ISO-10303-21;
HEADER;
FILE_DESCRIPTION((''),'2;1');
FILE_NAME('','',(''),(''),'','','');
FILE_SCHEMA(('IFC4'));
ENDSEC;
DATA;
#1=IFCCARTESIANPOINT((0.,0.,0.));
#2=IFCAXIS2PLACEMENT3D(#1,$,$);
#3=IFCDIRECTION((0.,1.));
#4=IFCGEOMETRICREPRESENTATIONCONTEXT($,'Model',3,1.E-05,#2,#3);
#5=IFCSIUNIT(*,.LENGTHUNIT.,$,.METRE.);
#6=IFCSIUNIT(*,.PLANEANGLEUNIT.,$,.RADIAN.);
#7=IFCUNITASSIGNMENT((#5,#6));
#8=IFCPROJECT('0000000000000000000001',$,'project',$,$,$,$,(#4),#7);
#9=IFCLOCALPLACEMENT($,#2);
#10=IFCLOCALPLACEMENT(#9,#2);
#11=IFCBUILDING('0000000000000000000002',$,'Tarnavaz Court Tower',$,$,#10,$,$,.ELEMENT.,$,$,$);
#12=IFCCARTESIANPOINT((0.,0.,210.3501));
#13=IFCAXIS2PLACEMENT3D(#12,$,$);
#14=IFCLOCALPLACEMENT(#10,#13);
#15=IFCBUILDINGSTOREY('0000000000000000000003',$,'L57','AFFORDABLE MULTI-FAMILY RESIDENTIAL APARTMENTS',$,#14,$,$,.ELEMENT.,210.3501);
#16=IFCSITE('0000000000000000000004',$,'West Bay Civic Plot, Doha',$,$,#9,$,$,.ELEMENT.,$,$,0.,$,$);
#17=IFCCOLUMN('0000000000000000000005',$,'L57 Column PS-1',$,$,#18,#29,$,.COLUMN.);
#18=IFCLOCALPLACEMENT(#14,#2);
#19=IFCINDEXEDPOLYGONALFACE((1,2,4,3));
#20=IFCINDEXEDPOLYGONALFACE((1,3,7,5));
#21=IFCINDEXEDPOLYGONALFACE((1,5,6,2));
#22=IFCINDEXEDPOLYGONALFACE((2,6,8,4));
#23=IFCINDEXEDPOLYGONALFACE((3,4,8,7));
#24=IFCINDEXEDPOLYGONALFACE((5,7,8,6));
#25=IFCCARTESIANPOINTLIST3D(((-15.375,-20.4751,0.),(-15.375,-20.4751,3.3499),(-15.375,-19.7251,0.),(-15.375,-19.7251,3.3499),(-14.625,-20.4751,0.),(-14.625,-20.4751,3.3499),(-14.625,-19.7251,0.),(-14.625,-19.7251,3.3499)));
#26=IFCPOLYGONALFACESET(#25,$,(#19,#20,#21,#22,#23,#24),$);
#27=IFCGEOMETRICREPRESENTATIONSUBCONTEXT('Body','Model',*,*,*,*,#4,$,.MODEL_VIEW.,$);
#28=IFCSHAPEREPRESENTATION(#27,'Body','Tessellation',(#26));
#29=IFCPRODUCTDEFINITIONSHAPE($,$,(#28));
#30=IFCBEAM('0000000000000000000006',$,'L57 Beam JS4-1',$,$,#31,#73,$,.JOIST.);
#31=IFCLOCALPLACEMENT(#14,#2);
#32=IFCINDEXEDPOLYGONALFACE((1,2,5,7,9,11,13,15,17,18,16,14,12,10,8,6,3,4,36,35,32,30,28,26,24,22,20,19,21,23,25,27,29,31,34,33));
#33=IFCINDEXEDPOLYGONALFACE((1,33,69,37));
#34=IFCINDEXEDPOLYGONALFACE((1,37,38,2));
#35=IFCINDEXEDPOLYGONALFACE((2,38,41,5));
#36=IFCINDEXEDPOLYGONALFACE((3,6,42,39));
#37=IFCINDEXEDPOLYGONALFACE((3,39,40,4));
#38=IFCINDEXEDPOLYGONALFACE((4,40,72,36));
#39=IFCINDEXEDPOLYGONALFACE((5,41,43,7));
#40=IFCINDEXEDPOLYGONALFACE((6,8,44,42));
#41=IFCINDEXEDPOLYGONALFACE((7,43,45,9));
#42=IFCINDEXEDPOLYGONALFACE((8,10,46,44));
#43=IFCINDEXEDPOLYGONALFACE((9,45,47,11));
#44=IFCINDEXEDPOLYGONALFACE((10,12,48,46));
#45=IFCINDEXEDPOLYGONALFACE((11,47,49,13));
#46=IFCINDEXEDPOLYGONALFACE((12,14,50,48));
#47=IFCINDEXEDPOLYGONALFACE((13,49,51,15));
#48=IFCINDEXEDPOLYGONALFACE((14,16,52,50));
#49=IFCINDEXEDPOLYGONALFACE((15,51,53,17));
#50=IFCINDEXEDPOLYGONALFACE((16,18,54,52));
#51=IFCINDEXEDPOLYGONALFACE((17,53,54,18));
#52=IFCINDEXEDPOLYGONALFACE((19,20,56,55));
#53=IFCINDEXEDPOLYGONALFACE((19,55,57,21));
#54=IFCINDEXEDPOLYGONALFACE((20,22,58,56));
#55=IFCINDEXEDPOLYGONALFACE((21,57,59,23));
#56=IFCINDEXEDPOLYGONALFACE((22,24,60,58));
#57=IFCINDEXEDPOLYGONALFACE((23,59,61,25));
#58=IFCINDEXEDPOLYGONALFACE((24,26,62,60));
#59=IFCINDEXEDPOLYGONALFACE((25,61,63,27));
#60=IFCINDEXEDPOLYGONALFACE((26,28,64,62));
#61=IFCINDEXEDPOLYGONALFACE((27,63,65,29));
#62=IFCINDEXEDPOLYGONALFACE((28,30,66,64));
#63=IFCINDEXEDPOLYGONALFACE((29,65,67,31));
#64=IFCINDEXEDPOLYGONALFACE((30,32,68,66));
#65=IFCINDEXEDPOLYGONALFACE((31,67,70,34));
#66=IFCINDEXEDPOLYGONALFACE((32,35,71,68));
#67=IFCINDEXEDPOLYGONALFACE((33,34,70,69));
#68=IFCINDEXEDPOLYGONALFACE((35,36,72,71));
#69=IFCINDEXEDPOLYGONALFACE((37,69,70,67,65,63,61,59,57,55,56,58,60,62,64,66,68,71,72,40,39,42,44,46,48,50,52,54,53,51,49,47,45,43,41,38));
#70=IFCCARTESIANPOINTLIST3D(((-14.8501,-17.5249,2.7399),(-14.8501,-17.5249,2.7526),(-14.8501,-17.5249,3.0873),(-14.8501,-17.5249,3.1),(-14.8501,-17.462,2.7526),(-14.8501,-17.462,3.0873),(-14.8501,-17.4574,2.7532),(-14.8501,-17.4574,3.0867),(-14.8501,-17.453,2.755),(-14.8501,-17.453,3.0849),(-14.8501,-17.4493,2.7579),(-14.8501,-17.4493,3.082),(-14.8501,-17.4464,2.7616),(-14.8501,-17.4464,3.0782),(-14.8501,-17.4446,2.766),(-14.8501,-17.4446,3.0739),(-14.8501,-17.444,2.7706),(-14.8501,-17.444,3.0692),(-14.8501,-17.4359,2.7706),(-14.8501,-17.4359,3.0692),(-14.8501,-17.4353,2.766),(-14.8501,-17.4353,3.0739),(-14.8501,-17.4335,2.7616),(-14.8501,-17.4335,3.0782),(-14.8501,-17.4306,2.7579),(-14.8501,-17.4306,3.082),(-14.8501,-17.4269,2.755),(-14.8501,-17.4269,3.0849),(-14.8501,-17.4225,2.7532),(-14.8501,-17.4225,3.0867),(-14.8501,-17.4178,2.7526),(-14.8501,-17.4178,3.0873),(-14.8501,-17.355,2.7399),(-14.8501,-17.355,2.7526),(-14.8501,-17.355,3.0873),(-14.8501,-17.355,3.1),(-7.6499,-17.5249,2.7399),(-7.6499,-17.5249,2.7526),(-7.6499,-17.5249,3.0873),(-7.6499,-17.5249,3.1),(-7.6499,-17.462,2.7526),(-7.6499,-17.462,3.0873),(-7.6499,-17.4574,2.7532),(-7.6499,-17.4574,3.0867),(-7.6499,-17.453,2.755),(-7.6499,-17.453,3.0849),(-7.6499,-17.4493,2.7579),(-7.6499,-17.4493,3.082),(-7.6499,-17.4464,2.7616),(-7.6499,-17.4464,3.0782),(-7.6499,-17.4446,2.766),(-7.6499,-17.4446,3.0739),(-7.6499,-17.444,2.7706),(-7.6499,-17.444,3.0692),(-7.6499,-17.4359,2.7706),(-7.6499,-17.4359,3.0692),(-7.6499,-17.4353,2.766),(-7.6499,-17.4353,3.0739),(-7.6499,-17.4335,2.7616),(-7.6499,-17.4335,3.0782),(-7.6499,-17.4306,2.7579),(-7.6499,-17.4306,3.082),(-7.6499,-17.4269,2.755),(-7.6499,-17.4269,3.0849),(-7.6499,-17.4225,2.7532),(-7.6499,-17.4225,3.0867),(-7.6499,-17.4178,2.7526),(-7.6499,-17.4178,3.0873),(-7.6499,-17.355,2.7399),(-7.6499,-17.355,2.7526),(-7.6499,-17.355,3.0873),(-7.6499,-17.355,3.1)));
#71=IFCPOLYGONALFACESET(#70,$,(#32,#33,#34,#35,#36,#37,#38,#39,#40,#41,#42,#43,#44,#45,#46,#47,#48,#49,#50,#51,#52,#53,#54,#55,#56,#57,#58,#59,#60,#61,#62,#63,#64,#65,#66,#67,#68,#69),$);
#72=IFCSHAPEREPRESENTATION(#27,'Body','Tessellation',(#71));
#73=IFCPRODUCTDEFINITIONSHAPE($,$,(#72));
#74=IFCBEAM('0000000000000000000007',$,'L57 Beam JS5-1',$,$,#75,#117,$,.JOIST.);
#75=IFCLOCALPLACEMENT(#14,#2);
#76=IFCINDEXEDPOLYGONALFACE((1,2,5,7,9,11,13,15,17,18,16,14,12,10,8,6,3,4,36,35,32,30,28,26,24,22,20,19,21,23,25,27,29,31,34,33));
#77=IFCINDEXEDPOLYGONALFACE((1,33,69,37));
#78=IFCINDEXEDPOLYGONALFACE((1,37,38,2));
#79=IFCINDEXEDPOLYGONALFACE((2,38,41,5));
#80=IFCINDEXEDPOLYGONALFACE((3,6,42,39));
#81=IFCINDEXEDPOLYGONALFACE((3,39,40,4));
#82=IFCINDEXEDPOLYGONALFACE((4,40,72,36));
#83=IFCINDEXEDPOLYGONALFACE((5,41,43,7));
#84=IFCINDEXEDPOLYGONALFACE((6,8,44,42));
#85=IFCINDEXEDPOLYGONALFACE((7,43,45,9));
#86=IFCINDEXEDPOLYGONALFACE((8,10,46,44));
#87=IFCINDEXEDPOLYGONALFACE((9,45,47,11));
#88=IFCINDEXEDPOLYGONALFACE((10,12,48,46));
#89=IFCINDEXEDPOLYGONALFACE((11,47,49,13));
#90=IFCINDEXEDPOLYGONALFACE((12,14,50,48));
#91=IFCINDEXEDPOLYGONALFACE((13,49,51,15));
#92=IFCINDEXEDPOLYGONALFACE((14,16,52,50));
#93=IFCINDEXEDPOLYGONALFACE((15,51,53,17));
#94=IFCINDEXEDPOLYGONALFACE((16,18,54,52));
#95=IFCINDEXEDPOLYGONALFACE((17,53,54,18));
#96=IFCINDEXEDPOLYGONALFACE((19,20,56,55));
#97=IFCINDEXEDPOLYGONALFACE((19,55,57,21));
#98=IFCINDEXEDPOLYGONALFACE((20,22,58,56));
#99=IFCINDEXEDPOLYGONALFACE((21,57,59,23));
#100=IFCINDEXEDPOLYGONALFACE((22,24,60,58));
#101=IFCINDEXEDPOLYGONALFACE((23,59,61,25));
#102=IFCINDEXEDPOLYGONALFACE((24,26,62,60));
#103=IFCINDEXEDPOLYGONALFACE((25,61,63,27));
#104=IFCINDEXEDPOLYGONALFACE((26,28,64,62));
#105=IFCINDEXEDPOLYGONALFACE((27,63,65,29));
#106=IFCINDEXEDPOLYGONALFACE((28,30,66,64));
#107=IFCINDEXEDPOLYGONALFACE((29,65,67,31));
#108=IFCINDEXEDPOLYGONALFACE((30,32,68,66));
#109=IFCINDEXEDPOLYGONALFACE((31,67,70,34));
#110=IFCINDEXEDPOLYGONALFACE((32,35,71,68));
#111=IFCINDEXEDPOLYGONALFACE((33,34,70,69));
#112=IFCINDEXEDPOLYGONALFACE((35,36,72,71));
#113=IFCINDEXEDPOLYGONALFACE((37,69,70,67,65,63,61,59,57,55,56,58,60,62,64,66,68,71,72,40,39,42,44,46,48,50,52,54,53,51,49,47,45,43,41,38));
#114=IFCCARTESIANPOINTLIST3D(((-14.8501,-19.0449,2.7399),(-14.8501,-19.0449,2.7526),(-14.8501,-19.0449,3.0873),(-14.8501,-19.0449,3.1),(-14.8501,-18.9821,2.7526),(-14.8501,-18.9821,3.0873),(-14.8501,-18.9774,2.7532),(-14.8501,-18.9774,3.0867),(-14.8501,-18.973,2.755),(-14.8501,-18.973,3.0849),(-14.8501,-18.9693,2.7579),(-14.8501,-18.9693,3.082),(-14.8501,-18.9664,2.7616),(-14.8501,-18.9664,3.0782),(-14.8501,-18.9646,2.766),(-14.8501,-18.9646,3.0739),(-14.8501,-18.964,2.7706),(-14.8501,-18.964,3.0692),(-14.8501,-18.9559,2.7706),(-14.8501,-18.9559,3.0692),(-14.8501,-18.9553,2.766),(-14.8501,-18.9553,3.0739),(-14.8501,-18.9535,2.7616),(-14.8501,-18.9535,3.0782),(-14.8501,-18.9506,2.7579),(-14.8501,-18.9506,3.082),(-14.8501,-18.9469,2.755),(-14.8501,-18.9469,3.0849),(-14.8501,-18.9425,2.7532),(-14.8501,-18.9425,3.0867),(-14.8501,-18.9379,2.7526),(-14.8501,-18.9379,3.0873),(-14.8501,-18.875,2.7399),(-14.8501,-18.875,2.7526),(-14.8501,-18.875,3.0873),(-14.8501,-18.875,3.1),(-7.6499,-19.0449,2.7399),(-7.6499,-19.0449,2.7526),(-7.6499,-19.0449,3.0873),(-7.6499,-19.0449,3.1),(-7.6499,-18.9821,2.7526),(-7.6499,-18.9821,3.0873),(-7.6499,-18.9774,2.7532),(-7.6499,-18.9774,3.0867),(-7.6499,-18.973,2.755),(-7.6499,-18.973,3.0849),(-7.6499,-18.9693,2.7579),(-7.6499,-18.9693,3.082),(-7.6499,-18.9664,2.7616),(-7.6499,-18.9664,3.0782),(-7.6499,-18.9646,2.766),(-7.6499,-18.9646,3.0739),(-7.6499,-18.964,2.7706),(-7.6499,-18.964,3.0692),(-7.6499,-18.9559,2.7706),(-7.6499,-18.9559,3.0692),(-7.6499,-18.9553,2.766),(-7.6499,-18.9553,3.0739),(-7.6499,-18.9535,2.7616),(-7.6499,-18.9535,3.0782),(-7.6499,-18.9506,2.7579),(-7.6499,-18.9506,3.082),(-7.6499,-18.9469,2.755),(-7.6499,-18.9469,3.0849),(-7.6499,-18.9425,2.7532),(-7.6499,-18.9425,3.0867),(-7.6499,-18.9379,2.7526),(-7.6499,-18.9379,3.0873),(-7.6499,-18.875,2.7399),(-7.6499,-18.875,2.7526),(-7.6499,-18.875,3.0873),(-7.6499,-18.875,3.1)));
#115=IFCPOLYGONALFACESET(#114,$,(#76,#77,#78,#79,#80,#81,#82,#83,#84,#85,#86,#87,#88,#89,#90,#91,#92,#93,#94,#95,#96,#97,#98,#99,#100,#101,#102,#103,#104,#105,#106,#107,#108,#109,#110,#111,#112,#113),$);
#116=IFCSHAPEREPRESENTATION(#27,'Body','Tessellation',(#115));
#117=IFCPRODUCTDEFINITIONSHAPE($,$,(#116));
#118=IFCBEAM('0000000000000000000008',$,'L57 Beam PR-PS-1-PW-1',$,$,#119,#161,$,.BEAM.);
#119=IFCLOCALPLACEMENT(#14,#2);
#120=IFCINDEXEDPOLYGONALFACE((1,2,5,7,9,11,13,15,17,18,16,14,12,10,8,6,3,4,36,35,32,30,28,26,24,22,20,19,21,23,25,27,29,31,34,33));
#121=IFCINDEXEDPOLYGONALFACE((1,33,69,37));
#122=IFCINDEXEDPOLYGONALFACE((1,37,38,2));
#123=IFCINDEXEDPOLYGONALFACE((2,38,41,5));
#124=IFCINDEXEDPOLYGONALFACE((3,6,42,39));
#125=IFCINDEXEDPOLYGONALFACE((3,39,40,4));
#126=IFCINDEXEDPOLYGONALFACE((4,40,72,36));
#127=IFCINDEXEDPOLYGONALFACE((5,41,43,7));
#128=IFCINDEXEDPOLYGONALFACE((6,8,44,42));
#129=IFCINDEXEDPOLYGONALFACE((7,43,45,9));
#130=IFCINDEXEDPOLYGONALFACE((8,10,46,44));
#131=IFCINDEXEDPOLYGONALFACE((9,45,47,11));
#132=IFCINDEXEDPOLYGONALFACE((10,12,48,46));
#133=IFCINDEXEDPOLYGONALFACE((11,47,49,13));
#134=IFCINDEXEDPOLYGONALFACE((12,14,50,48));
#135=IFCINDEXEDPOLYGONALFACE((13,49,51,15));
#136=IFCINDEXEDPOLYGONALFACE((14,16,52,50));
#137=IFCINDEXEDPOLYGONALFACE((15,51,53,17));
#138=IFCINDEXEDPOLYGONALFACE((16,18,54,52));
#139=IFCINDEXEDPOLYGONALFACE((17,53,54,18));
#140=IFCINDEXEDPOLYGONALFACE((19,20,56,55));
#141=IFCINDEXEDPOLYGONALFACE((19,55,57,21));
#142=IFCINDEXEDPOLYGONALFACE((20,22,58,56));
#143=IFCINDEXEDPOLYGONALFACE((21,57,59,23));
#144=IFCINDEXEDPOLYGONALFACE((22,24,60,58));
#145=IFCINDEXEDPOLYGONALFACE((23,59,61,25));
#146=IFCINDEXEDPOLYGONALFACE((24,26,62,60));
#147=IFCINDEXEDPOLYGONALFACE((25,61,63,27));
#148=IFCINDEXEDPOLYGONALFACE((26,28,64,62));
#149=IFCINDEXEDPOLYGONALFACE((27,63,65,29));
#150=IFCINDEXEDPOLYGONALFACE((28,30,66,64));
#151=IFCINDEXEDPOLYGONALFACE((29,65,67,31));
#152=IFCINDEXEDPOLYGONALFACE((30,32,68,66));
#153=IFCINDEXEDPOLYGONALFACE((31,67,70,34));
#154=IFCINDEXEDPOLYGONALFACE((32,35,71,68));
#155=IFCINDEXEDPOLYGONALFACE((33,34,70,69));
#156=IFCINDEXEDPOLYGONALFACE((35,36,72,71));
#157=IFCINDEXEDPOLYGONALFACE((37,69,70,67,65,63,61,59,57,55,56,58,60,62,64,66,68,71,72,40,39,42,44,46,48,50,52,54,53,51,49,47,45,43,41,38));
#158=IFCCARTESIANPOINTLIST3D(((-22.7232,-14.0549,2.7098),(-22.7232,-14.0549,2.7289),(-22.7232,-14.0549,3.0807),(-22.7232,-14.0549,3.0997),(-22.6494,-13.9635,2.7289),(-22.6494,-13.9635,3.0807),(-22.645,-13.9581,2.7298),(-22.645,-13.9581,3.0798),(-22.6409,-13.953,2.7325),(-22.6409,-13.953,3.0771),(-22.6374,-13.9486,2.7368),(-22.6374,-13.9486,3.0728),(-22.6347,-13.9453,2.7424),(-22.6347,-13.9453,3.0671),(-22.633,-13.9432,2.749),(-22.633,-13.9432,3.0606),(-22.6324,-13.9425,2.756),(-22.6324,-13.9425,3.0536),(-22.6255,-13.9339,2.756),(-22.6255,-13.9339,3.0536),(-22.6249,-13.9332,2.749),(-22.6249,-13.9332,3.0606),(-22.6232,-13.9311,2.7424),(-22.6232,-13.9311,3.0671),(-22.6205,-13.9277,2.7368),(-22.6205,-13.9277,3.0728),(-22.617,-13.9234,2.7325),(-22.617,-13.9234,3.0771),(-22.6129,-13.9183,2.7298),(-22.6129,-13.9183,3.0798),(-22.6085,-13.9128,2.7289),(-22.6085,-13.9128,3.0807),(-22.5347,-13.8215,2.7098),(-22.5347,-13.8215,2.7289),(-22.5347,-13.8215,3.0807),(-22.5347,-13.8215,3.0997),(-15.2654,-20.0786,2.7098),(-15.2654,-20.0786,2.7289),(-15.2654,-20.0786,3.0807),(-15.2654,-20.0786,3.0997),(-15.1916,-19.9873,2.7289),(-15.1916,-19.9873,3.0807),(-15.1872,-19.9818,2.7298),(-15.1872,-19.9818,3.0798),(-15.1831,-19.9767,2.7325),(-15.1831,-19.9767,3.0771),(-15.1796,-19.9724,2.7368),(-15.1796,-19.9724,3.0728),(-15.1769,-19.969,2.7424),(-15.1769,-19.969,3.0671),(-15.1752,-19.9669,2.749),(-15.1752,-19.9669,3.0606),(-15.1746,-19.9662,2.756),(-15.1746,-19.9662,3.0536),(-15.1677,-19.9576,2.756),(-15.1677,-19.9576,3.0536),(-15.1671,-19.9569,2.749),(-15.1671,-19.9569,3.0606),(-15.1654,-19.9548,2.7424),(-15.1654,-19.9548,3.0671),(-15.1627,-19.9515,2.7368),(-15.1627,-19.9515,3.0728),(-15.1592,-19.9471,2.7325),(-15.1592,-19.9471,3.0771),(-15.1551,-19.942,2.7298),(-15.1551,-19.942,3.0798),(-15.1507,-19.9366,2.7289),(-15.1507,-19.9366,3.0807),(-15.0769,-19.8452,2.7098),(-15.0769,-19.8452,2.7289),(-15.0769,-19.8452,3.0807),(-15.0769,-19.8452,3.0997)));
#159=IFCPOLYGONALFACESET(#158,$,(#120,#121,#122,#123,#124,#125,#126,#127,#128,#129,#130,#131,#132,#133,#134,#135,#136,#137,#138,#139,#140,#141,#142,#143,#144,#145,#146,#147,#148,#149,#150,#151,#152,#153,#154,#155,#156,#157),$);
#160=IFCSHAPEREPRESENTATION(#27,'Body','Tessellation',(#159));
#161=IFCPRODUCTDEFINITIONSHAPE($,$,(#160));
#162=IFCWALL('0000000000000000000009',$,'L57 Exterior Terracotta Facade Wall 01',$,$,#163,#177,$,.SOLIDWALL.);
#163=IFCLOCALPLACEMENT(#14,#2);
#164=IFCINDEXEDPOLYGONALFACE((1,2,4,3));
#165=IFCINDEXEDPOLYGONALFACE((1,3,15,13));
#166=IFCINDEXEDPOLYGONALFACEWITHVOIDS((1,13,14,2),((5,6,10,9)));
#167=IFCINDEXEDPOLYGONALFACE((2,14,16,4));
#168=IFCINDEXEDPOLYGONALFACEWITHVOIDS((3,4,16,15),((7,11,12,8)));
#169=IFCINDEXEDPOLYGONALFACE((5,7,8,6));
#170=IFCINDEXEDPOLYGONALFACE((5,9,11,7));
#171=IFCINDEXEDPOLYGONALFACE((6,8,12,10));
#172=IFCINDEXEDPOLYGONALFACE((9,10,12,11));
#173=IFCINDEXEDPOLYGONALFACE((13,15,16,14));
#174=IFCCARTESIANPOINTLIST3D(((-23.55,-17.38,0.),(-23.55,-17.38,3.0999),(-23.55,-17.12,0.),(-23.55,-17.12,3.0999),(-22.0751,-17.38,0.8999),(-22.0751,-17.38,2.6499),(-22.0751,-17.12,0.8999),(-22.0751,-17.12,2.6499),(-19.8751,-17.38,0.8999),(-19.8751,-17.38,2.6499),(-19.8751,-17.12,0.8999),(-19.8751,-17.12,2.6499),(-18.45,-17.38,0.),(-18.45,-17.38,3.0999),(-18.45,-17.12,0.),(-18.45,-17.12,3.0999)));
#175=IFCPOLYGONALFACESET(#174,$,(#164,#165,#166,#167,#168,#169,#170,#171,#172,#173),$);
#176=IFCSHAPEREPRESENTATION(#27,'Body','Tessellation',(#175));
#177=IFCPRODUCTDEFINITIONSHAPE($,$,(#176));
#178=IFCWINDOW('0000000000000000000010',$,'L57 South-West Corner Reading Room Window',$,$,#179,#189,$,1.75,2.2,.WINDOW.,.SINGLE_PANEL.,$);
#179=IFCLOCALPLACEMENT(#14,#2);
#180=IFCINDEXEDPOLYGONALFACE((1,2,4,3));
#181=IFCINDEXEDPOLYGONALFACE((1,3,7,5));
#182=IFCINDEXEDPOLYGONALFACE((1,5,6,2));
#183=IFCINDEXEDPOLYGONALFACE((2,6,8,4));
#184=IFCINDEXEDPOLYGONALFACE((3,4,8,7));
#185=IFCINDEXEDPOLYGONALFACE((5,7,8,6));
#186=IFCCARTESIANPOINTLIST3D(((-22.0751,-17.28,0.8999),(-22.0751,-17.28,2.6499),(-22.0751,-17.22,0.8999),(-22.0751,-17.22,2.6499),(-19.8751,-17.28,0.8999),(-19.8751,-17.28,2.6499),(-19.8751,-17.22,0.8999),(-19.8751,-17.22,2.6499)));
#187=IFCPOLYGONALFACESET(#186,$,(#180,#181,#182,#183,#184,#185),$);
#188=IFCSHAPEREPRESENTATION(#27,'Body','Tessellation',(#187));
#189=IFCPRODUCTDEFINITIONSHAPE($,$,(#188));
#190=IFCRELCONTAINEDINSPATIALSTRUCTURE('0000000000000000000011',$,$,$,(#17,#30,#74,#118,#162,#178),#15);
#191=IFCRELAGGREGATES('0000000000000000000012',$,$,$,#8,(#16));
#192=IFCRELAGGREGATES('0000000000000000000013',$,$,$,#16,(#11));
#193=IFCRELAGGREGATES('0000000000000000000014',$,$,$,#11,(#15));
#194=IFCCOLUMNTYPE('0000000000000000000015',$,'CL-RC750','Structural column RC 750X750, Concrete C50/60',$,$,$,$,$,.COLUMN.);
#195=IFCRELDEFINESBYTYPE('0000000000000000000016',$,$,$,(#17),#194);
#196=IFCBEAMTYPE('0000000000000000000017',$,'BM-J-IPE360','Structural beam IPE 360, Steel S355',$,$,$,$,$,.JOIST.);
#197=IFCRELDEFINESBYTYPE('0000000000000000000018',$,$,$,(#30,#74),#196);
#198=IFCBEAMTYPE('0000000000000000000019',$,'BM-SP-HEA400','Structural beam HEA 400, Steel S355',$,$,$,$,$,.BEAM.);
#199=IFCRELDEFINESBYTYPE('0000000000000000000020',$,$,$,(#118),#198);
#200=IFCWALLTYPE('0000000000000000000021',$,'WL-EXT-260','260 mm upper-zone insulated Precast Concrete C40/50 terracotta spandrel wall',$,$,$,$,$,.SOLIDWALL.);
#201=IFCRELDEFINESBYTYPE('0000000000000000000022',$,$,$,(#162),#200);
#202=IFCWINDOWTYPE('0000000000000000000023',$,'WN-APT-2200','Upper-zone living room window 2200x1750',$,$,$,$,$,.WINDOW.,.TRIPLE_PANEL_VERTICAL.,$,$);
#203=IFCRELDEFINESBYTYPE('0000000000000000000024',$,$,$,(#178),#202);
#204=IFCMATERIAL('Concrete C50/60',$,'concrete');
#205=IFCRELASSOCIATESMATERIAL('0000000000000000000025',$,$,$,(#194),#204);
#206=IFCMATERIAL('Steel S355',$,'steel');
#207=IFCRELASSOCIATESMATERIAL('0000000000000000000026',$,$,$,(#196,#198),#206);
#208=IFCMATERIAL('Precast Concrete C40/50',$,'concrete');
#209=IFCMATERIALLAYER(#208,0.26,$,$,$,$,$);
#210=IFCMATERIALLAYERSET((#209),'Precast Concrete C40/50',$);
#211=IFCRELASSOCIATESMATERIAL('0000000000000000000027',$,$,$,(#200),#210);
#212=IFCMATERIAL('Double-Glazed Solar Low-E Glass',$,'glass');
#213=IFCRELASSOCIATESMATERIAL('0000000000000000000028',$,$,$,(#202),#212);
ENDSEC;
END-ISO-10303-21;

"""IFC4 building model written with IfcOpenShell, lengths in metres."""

from ifc_helpers import new_model, si_unit, direction, frame, frame_2d, origin, origin_2d, place, context, subcontext, project, spatial, rectangle, i_section, extrude, material, layer, layer_set, material_profile, profile_set, type_object, element, fill, save


model = new_model("IFC4")

# Units and contexts
model_context = context("Model", 3, precision=1e-05, world=origin(), true_north=direction((0.0, 1.0)))
body_context = subcontext(model_context, "Body", "Model", "MODEL_VIEW")
ifc_project = project(units=[si_unit("LENGTHUNIT", "METRE"), si_unit("PLANEANGLEUNIT", "RADIAN")], contexts=[model_context])

# Site, building, storey
site_placement = place(None, origin())
site = spatial("IfcSite", under=ifc_project, at=site_placement, Name="West Bay Civic Plot, Doha", CompositionType="ELEMENT", RefElevation=0.0)
building_placement = place(site_placement, origin())
building = spatial("IfcBuilding", under=site, at=building_placement, Name="Tarnavaz Court Tower", CompositionType="ELEMENT")
storey_placement = place(building_placement, frame((0.0, 0.0, 210.3501)))
storey = spatial("IfcBuildingStorey", under=building, at=storey_placement, Name="L57", Description="AFFORDABLE MULTI-FAMILY RESIDENTIAL APARTMENTS", CompositionType="ELEMENT", Elevation=210.3501)

# Column
ifc_material_1 = material(Name="Concrete C50/60", Category="concrete")
ifc_material_profile_1 = material_profile(ifc_material_1, rectangle(XDim=0.75, YDim=0.75, at=origin_2d()), Name="RC 750X750")
ifc_profile_set_1 = profile_set([ifc_material_profile_1], Name="Concrete C50/60")
column_type = type_object("IfcColumnType", Name="CL-RC750", Description="Structural column RC 750X750, Concrete C50/60", PredefinedType="COLUMN", material=ifc_profile_set_1)
column_placement = place(storey_placement, frame((-15.0, -20.1001, 0.0), z_axis=(0.0, 0.0, 1.0), x_axis=(1.0, 0.0, 0.0)))
element("IfcColumn", 1, at=column_placement, inside=storey, type_object=column_type, Name="L57 Column PS-1", PredefinedType="COLUMN", context=body_context, shape_type="SweptSolid", body=[
    extrude(rectangle(XDim=0.75, YDim=0.75, at=origin_2d()), origin(), (0.0, 0.0, 1.0), 3.3499),
])

# Beams
ifc_material_2 = material(Name="Steel S355", Category="steel")
ifc_material_profile_2 = material_profile(ifc_material_2, i_section(OverallWidth=0.1699, OverallDepth=0.3601, WebThickness=0.0081, FlangeThickness=0.0127, FilletRadius=0.0181, at=origin_2d()), Name="IPE 360")
ifc_profile_set_2 = profile_set([ifc_material_profile_2], Name="Steel S355")
beam_type_1 = type_object("IfcBeamType", Name="BM-J-IPE360", Description="Structural beam IPE 360, Steel S355", PredefinedType="JOIST", material=ifc_profile_set_2)
for number, where, z_axis, x_axis, name in (
    (2, (-14.8501, -17.4399, 2.9199), (1.0, 0.0, 0.0), (0.0, 1.0, 0.0), "L57 Beam JS4-1"),
    (3, (-14.8501, -18.96, 2.9199), (1.0, 0.0, 0.0), (0.0, 1.0, 0.0), "L57 Beam JS5-1"),
):
    element("IfcBeam", number, at=place(storey_placement, frame(where, z_axis=z_axis, x_axis=x_axis)), inside=storey, type_object=beam_type_1, Name=name, PredefinedType="JOIST", context=body_context, shape_type="SweptSolid", body=[
        extrude(i_section(OverallWidth=0.1699, OverallDepth=0.3601, WebThickness=0.0081, FlangeThickness=0.0127, FilletRadius=0.0181, at=origin_2d()), origin(), (0.0, 0.0, 1.0), 7.2002),
    ])
ifc_material_profile_3 = material_profile(ifc_material_2, i_section(OverallWidth=0.3, OverallDepth=0.3899, WebThickness=0.011, FlangeThickness=0.019, FilletRadius=0.0271, at=origin_2d()), Name="HEA 400")
ifc_profile_set_3 = profile_set([ifc_material_profile_3], Name="Steel S355")
beam_type_2 = type_object("IfcBeamType", Name="BM-SP-HEA400", Description="Structural beam HEA 400, Steel S355", PredefinedType="BEAM", material=ifc_profile_set_3)
beam_placement = place(storey_placement, frame((-15.1711, -19.9619, 2.9048), z_axis=(-0.777936, 0.628344, 0.0), x_axis=(-0.628344, -0.777936, 0.0)))
element("IfcBeam", 4, at=beam_placement, inside=storey, type_object=beam_type_2, Name="L57 Beam PR-PS-1-PW-1", PredefinedType="BEAM", context=body_context, shape_type="SweptSolid", body=[
    extrude(i_section(OverallWidth=0.3, OverallDepth=0.3899, WebThickness=0.011, FlangeThickness=0.019, FilletRadius=0.0271, at=origin_2d()), origin(), (0.0, 0.0, 1.0), 9.5867),
])

# Wall, opening, window
ifc_material_3 = material(Name="Precast Concrete C40/50", Category="concrete")
ifc_layer_1 = layer(ifc_material_3, 0.26)
ifc_layer_set_1 = layer_set([ifc_layer_1], Name="Precast Concrete C40/50")
wall_type_1 = type_object("IfcWallType", Name="WL-EXT-260", Description="260 mm upper-zone insulated Precast Concrete C40/50 terracotta spandrel wall", PredefinedType="SOLIDWALL", material=ifc_layer_set_1)
wall_1_placement = place(storey_placement, frame((-18.45, -17.25, 0.0), z_axis=(0.0, 0.0, 1.0), x_axis=(-1.0, 0.0, 0.0)))
wall_1 = element("IfcWall", 5, at=wall_1_placement, inside=storey, type_object=wall_type_1, Name="L57 Exterior Terracotta Facade Wall 01", PredefinedType="SOLIDWALL", context=body_context, shape_type="SweptSolid", body=[
    extrude(rectangle(XDim=5.1001, YDim=0.26, at=frame_2d((2.55, 0.0))), origin(), (0.0, 0.0, 1.0), 3.0999),
])
opening_1_placement = place(wall_1_placement, frame((1.425, 0.0, 0.8999)))
opening_1 = element("IfcOpeningElement", 6, at=opening_1_placement, cuts=wall_1, PredefinedType="OPENING", context=body_context, shape_type="SweptSolid", body=[
    extrude(rectangle(XDim=2.2, YDim=1.75, at=frame_2d((1.1001, 0.875))), frame((0.0, 0.1399, 0.0), z_axis=(0.0, -1.0, 0.0), x_axis=(1.0, 0.0, 0.0)), (0.0, 0.0, 1.0), 0.28),
])
ifc_material_4 = material(Name="Double-Glazed Solar Low-E Glass", Category="glass")
window_type_1 = type_object("IfcWindowType", Name="WN-APT-2200", Description="Upper-zone living room window 2200x1750", PartitioningType="TRIPLE_PANEL_VERTICAL", PredefinedType="WINDOW", material=ifc_material_4)
window_1_placement = place(opening_1_placement, origin())
window_1 = element("IfcWindow", 7, at=window_1_placement, inside=storey, type_object=window_type_1, Name="L57 South-West Corner Reading Room Window", OverallHeight=1.75, OverallWidth=2.2, PartitioningType="SINGLE_PANEL", PredefinedType="WINDOW", context=body_context, shape_type="SweptSolid", body=[
    extrude(rectangle(XDim=2.2, YDim=1.75, at=frame_2d((1.1001, 0.875))), frame((0.0, 0.03, 0.0), z_axis=(0.0, -1.0, 0.0), x_axis=(1.0, 0.0, 0.0)), (0.0, 0.0, 1.0), 0.0601),
])
fill(opening_1, window_1)

save(model, "model.ifc")
